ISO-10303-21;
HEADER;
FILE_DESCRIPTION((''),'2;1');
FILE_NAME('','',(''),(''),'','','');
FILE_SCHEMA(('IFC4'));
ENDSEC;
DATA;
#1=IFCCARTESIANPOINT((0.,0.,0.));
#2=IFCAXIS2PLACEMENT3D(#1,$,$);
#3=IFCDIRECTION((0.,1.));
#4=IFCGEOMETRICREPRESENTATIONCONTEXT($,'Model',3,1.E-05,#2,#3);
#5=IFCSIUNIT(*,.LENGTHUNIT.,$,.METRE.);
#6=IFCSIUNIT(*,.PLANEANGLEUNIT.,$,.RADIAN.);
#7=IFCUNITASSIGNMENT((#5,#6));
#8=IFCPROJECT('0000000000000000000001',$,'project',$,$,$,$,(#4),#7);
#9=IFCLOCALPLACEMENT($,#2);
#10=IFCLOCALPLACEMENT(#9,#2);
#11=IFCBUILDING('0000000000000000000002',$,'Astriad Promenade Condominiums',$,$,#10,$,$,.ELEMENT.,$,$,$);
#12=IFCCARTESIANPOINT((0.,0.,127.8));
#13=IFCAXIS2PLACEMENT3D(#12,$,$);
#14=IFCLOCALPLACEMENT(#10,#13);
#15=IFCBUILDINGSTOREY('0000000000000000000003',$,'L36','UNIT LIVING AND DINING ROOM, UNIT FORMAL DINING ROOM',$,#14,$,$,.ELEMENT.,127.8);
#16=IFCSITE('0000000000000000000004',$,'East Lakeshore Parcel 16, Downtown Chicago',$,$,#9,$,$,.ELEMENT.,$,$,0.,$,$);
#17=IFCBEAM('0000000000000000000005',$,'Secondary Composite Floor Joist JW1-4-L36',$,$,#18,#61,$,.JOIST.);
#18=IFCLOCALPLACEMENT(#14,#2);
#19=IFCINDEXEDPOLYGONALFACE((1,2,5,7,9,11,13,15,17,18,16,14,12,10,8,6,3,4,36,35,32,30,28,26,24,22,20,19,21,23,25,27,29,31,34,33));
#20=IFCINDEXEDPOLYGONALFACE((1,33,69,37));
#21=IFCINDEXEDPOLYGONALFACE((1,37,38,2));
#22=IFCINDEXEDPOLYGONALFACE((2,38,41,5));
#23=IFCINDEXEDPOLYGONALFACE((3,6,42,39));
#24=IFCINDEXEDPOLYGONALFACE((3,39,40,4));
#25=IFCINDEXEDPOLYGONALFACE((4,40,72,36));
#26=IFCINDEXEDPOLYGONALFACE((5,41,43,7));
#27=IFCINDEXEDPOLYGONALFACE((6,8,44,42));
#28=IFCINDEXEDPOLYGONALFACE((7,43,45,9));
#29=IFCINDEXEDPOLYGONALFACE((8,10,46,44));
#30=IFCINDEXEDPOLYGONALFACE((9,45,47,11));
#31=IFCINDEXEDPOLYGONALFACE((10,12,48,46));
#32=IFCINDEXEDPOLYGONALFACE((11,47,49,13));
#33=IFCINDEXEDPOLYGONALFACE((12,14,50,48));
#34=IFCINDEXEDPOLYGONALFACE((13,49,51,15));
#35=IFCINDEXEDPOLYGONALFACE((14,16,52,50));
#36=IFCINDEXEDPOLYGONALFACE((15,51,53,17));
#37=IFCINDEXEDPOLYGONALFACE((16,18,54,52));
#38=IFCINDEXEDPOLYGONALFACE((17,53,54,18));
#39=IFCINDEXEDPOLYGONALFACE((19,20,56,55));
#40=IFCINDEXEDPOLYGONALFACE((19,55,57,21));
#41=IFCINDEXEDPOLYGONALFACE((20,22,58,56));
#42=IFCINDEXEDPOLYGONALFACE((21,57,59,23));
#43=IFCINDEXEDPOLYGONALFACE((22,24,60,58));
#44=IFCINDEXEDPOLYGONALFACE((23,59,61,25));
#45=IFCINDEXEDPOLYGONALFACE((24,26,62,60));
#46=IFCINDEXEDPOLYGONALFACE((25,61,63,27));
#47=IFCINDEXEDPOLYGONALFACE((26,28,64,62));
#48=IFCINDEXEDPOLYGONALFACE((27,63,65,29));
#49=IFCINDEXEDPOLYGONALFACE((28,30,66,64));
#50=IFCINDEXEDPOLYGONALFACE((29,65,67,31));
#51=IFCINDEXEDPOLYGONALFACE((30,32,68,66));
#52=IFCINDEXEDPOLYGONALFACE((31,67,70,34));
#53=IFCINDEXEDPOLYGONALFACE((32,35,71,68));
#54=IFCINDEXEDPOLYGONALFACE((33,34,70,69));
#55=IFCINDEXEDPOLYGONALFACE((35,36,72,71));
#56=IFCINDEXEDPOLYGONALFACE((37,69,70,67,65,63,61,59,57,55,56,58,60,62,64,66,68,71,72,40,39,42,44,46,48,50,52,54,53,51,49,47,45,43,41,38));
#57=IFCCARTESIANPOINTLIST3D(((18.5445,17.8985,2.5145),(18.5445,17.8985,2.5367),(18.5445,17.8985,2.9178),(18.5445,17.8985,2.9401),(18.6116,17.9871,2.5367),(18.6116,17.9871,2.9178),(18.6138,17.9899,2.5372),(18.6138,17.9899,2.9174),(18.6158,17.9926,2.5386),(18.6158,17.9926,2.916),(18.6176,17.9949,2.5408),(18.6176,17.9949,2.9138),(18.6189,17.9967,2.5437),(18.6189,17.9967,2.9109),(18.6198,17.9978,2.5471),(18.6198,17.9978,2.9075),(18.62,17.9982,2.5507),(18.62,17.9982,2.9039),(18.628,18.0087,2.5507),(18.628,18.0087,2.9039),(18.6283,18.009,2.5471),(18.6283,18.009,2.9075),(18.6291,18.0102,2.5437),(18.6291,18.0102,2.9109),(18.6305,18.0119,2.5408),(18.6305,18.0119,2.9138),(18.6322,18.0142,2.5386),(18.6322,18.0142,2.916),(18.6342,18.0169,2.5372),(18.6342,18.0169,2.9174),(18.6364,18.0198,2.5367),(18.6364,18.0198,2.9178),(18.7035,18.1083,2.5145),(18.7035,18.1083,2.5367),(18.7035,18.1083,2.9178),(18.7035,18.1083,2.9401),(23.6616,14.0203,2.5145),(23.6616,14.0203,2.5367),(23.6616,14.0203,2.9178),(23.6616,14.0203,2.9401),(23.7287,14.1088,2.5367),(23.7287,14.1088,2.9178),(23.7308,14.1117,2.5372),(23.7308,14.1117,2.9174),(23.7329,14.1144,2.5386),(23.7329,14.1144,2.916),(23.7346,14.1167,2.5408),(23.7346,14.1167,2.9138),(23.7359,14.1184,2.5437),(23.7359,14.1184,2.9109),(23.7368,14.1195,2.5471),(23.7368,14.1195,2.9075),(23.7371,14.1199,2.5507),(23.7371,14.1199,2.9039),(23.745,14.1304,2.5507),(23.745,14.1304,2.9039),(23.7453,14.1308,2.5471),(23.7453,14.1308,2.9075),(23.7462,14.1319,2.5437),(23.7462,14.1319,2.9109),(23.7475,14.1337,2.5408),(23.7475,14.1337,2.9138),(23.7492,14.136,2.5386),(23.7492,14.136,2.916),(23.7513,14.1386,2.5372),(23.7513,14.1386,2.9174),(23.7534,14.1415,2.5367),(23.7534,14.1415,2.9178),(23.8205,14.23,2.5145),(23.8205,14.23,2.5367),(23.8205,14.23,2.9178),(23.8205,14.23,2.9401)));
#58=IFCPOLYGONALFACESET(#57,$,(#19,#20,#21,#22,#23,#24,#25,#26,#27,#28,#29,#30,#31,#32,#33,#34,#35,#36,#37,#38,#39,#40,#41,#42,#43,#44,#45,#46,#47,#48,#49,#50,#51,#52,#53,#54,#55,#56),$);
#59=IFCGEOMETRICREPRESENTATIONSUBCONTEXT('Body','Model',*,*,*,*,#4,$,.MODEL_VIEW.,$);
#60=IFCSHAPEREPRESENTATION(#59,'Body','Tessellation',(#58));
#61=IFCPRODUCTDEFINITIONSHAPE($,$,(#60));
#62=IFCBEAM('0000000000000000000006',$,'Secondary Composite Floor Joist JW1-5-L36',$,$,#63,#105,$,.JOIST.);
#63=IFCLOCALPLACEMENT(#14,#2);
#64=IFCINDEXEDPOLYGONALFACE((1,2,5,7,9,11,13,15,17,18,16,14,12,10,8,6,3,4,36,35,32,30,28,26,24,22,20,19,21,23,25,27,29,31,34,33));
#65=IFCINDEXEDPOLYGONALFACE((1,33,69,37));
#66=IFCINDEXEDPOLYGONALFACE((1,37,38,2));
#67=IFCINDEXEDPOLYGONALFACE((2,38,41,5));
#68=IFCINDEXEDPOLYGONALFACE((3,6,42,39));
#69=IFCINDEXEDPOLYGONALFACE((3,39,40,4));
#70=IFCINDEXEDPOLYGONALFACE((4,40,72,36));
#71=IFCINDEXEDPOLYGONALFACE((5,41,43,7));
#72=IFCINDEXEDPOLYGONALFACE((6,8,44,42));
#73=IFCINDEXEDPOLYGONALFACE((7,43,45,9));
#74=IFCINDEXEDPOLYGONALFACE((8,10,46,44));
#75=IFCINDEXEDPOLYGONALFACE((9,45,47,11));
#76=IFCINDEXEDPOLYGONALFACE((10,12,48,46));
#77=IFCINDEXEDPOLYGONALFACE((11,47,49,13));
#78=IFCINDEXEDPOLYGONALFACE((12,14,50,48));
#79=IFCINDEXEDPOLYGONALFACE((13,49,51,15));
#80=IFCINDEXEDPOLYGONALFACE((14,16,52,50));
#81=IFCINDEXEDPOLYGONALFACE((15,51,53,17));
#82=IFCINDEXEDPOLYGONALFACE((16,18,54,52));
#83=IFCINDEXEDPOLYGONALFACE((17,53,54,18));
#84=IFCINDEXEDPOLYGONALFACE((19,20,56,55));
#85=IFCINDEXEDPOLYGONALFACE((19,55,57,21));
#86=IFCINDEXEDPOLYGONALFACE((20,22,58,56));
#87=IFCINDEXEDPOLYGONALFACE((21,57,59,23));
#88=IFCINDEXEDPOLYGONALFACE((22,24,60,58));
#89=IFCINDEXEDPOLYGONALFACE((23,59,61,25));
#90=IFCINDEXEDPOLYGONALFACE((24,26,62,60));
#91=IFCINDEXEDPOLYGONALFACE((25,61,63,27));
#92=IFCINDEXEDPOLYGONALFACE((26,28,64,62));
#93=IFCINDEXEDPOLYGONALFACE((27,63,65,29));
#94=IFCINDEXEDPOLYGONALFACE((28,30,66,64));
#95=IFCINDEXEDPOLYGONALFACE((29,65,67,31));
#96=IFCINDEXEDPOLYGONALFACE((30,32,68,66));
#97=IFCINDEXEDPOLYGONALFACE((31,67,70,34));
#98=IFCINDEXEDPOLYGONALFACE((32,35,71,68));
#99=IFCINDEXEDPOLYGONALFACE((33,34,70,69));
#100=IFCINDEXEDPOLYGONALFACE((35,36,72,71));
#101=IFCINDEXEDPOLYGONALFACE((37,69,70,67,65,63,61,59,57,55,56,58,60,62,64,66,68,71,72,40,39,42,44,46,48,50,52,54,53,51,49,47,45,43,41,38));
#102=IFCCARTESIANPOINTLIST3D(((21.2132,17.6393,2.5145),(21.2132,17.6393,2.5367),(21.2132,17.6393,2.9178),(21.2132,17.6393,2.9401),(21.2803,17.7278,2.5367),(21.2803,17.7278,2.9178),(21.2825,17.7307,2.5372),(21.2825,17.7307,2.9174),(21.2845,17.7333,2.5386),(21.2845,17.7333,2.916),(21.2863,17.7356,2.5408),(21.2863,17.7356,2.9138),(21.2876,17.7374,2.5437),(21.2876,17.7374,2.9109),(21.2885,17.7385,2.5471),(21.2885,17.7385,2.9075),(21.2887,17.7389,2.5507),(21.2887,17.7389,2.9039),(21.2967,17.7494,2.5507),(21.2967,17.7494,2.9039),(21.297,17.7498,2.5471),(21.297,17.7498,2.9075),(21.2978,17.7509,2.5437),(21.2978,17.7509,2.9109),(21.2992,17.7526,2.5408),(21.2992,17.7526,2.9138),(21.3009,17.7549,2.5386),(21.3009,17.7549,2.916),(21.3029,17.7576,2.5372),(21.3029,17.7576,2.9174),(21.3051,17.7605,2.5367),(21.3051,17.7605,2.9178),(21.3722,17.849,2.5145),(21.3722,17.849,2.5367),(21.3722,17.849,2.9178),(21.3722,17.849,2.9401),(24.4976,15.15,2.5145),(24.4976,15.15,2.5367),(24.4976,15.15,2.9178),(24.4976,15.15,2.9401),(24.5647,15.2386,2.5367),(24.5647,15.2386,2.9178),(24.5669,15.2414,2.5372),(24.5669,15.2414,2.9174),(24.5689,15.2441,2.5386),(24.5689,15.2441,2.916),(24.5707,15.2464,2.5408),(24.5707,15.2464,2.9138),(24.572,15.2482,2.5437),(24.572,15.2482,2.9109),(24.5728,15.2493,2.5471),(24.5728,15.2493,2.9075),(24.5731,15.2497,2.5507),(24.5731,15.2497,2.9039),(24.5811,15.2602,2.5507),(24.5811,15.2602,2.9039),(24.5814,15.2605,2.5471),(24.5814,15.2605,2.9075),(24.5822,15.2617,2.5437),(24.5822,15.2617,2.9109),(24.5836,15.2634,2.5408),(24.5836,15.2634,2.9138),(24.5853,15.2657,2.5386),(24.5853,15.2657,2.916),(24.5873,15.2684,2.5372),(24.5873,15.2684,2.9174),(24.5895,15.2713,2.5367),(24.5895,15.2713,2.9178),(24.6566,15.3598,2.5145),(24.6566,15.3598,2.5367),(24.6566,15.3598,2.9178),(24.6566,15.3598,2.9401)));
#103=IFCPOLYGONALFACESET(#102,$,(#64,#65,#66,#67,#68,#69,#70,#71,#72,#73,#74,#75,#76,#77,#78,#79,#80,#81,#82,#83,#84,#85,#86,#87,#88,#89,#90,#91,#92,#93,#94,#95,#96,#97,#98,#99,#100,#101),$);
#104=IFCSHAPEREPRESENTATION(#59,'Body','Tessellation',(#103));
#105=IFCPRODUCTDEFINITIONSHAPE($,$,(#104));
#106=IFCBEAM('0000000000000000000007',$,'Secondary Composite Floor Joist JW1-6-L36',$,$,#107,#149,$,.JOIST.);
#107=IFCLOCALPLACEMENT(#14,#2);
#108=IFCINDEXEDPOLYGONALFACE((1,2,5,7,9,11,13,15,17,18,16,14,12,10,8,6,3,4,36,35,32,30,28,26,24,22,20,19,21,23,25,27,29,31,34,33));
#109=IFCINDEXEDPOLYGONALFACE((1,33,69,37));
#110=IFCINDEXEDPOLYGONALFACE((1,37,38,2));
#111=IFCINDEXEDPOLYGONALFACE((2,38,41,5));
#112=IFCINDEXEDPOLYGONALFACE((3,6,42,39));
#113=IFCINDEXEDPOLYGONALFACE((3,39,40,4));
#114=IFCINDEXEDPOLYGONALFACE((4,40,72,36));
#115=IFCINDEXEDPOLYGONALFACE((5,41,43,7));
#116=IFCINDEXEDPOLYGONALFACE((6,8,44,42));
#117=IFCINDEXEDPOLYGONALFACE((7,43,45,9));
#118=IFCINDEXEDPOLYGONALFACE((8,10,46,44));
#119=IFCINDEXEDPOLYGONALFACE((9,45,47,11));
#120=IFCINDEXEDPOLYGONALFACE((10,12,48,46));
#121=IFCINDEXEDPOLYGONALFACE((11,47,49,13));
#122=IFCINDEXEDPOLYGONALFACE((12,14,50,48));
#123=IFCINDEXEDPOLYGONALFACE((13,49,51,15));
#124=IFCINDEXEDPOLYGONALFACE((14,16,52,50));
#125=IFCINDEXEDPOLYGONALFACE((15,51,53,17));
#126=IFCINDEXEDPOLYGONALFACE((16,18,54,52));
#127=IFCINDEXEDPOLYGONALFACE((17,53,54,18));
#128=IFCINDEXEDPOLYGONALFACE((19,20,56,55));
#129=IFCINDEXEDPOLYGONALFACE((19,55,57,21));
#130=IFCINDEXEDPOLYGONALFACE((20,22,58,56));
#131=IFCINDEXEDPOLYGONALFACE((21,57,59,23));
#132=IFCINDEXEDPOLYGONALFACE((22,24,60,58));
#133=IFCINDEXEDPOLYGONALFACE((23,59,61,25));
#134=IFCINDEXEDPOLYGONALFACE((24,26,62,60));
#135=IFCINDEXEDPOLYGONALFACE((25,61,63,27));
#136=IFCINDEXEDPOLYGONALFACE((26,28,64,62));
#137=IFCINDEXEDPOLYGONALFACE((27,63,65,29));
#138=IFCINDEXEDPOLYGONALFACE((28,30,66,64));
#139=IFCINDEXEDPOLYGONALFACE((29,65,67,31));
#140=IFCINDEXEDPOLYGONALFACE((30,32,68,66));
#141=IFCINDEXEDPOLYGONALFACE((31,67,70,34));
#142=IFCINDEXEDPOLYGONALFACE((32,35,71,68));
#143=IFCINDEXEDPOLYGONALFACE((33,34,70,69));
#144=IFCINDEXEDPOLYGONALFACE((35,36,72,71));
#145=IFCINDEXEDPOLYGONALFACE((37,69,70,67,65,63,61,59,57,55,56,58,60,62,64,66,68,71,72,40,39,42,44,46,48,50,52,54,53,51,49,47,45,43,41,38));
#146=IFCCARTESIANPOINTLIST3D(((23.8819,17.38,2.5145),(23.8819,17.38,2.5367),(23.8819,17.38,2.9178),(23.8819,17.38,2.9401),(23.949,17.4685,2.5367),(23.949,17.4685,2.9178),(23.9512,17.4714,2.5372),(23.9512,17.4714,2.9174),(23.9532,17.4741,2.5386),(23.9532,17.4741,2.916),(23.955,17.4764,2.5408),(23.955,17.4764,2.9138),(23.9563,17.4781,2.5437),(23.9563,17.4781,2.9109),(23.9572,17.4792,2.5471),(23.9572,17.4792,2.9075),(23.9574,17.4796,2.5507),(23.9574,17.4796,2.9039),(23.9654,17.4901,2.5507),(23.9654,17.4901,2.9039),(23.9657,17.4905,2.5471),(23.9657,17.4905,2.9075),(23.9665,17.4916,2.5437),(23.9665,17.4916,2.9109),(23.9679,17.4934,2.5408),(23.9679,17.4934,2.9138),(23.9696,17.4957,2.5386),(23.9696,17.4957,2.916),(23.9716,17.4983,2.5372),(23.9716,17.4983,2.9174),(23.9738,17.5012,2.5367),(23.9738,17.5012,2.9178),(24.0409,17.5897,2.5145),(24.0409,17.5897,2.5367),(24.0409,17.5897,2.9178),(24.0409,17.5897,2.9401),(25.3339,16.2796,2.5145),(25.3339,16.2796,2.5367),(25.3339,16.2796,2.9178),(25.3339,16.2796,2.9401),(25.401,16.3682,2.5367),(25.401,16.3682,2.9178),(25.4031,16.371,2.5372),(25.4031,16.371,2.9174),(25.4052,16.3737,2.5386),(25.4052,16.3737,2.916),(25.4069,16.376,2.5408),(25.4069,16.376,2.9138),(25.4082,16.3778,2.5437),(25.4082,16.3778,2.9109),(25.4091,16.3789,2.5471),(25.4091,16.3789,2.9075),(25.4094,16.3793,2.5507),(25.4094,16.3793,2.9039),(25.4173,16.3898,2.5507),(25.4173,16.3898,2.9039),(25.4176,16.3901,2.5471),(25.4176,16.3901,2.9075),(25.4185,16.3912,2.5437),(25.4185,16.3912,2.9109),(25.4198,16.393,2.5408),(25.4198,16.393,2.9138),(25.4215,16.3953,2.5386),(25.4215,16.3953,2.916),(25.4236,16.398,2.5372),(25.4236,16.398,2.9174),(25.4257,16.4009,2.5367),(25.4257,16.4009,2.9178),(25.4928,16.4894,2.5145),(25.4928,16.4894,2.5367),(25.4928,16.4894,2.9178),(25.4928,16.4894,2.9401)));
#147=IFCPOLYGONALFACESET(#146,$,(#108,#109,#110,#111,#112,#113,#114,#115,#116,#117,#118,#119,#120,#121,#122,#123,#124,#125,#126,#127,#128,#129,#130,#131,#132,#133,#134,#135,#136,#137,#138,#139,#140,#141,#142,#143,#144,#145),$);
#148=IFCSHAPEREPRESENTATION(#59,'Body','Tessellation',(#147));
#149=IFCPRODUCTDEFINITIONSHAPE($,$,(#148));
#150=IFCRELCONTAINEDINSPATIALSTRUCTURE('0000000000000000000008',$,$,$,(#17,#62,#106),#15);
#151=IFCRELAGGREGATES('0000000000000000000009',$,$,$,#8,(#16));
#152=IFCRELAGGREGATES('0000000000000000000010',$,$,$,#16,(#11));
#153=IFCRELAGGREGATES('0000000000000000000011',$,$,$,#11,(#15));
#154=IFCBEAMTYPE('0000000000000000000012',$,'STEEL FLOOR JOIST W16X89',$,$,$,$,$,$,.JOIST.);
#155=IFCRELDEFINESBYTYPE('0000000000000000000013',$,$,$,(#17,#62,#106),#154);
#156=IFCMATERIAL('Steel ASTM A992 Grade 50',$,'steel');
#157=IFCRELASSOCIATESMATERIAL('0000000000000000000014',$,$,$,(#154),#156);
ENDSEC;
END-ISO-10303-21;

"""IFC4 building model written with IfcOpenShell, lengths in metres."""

from ifc_helpers import new_model, si_unit, direction, frame, origin, origin_2d, place, context, subcontext, project, spatial, i_section, extrude, source, transform, mapped, material, material_profile, profile_set, type_object, type_shapes, element, save


model = new_model("IFC4")

# Units and contexts
model_context = context("Model", 3, precision=1e-05, world=origin(), true_north=direction((0.0, 1.0)))
body_context = subcontext(model_context, "Body", "Model", "MODEL_VIEW")
ifc_project = project(units=[si_unit("LENGTHUNIT", "METRE"), si_unit("PLANEANGLEUNIT", "RADIAN")], contexts=[model_context])

# Site, building, storey
site_placement = place(None, origin())
site = spatial("IfcSite", under=ifc_project, at=site_placement, Name="East Lakeshore Parcel 16, Downtown Chicago", CompositionType="ELEMENT", RefElevation=0.0)
building_placement = place(site_placement, origin())
building = spatial("IfcBuilding", under=site, at=building_placement, Name="Astriad Promenade Condominiums", CompositionType="ELEMENT")
storey_placement = place(building_placement, frame((0.0, 0.0, 127.8)))
storey = spatial("IfcBuildingStorey", under=building, at=storey_placement, Name="L36", Description="UNIT LIVING AND DINING ROOM, UNIT FORMAL DINING ROOM", CompositionType="ELEMENT", Elevation=127.8)

# Shared definitions
ifc_material_1 = material(Name="Steel ASTM A992 Grade 50", Category="steel")

# Beams
ifc_material_profile_1 = material_profile(ifc_material_1, i_section(OverallWidth=0.2632, OverallDepth=0.4255, WebThickness=0.0132, FlangeThickness=0.0222, FilletRadius=0.0139, at=origin_2d()), Name="W16X89")
ifc_profile_set_1 = profile_set([ifc_material_profile_1], Name="Steel ASTM A992 Grade 50")
beam_type_1 = type_object("IfcBeamType", Name="STEEL FLOOR JOIST W16X89", PredefinedType="JOIST", material=ifc_profile_set_1)
shared_shape_1 = source(origin(), body_context, "Body", "SweptSolid", [
    extrude(i_section(OverallWidth=0.2632, OverallDepth=0.4255, WebThickness=0.0132, FlangeThickness=0.0222, FilletRadius=0.0139, at=origin_2d()), origin(), (0.0, 0.0, 1.0), 6.4207),
])
beam_1_placement = place(storey_placement, frame((18.624, 18.0034, 2.7273), z_axis=(0.796965, -0.604026, 0.0), x_axis=(0.604026, 0.796965, 0.0)))
element("IfcBeam", 1, at=beam_1_placement, inside=storey, type_object=beam_type_1, Name="Secondary Composite Floor Joist JW1-4-L36", PredefinedType="JOIST", context=body_context, shape_type="MappedRepresentation", body=[
    mapped(shared_shape_1, transform((0.0, 0.0, 0.0), scale=1.0)),
])
shared_shape_2 = source(origin(), body_context, "Body", "SweptSolid", [
    extrude(i_section(OverallWidth=0.2632, OverallDepth=0.4255, WebThickness=0.0132, FlangeThickness=0.0222, FilletRadius=0.0139, at=origin_2d()), origin(), (0.0, 0.0, 1.0), 4.1211),
])
beam_2_placement = place(storey_placement, frame((21.2927, 17.7441, 2.7273), z_axis=(0.796969, -0.604021, 0.0), x_axis=(0.604021, 0.796969, 0.0)))
element("IfcBeam", 2, at=beam_2_placement, inside=storey, type_object=beam_type_1, Name="Secondary Composite Floor Joist JW1-5-L36", PredefinedType="JOIST", context=body_context, shape_type="MappedRepresentation", body=[
    mapped(shared_shape_2, transform((0.0, 0.0, 0.0), scale=1.0)),
])
shared_shape_3 = source(origin(), body_context, "Body", "SweptSolid", [
    extrude(i_section(OverallWidth=0.2632, OverallDepth=0.4255, WebThickness=0.0132, FlangeThickness=0.0222, FilletRadius=0.0139, at=origin_2d()), origin(), (0.0, 0.0, 1.0), 1.8218),
])
type_shapes(beam_type_1, [shared_shape_1, shared_shape_2, shared_shape_3])
beam_3_placement = place(storey_placement, frame((23.9614, 17.4849, 2.7273), z_axis=(0.796983, -0.604002, 0.0), x_axis=(0.604002, 0.796983, 0.0)))
element("IfcBeam", 3, at=beam_3_placement, inside=storey, type_object=beam_type_1, Name="Secondary Composite Floor Joist JW1-6-L36", PredefinedType="JOIST", context=body_context, shape_type="MappedRepresentation", body=[
    mapped(shared_shape_3, transform((0.0, 0.0, 0.0), scale=1.0)),
])

save(model, "model.ifc")
